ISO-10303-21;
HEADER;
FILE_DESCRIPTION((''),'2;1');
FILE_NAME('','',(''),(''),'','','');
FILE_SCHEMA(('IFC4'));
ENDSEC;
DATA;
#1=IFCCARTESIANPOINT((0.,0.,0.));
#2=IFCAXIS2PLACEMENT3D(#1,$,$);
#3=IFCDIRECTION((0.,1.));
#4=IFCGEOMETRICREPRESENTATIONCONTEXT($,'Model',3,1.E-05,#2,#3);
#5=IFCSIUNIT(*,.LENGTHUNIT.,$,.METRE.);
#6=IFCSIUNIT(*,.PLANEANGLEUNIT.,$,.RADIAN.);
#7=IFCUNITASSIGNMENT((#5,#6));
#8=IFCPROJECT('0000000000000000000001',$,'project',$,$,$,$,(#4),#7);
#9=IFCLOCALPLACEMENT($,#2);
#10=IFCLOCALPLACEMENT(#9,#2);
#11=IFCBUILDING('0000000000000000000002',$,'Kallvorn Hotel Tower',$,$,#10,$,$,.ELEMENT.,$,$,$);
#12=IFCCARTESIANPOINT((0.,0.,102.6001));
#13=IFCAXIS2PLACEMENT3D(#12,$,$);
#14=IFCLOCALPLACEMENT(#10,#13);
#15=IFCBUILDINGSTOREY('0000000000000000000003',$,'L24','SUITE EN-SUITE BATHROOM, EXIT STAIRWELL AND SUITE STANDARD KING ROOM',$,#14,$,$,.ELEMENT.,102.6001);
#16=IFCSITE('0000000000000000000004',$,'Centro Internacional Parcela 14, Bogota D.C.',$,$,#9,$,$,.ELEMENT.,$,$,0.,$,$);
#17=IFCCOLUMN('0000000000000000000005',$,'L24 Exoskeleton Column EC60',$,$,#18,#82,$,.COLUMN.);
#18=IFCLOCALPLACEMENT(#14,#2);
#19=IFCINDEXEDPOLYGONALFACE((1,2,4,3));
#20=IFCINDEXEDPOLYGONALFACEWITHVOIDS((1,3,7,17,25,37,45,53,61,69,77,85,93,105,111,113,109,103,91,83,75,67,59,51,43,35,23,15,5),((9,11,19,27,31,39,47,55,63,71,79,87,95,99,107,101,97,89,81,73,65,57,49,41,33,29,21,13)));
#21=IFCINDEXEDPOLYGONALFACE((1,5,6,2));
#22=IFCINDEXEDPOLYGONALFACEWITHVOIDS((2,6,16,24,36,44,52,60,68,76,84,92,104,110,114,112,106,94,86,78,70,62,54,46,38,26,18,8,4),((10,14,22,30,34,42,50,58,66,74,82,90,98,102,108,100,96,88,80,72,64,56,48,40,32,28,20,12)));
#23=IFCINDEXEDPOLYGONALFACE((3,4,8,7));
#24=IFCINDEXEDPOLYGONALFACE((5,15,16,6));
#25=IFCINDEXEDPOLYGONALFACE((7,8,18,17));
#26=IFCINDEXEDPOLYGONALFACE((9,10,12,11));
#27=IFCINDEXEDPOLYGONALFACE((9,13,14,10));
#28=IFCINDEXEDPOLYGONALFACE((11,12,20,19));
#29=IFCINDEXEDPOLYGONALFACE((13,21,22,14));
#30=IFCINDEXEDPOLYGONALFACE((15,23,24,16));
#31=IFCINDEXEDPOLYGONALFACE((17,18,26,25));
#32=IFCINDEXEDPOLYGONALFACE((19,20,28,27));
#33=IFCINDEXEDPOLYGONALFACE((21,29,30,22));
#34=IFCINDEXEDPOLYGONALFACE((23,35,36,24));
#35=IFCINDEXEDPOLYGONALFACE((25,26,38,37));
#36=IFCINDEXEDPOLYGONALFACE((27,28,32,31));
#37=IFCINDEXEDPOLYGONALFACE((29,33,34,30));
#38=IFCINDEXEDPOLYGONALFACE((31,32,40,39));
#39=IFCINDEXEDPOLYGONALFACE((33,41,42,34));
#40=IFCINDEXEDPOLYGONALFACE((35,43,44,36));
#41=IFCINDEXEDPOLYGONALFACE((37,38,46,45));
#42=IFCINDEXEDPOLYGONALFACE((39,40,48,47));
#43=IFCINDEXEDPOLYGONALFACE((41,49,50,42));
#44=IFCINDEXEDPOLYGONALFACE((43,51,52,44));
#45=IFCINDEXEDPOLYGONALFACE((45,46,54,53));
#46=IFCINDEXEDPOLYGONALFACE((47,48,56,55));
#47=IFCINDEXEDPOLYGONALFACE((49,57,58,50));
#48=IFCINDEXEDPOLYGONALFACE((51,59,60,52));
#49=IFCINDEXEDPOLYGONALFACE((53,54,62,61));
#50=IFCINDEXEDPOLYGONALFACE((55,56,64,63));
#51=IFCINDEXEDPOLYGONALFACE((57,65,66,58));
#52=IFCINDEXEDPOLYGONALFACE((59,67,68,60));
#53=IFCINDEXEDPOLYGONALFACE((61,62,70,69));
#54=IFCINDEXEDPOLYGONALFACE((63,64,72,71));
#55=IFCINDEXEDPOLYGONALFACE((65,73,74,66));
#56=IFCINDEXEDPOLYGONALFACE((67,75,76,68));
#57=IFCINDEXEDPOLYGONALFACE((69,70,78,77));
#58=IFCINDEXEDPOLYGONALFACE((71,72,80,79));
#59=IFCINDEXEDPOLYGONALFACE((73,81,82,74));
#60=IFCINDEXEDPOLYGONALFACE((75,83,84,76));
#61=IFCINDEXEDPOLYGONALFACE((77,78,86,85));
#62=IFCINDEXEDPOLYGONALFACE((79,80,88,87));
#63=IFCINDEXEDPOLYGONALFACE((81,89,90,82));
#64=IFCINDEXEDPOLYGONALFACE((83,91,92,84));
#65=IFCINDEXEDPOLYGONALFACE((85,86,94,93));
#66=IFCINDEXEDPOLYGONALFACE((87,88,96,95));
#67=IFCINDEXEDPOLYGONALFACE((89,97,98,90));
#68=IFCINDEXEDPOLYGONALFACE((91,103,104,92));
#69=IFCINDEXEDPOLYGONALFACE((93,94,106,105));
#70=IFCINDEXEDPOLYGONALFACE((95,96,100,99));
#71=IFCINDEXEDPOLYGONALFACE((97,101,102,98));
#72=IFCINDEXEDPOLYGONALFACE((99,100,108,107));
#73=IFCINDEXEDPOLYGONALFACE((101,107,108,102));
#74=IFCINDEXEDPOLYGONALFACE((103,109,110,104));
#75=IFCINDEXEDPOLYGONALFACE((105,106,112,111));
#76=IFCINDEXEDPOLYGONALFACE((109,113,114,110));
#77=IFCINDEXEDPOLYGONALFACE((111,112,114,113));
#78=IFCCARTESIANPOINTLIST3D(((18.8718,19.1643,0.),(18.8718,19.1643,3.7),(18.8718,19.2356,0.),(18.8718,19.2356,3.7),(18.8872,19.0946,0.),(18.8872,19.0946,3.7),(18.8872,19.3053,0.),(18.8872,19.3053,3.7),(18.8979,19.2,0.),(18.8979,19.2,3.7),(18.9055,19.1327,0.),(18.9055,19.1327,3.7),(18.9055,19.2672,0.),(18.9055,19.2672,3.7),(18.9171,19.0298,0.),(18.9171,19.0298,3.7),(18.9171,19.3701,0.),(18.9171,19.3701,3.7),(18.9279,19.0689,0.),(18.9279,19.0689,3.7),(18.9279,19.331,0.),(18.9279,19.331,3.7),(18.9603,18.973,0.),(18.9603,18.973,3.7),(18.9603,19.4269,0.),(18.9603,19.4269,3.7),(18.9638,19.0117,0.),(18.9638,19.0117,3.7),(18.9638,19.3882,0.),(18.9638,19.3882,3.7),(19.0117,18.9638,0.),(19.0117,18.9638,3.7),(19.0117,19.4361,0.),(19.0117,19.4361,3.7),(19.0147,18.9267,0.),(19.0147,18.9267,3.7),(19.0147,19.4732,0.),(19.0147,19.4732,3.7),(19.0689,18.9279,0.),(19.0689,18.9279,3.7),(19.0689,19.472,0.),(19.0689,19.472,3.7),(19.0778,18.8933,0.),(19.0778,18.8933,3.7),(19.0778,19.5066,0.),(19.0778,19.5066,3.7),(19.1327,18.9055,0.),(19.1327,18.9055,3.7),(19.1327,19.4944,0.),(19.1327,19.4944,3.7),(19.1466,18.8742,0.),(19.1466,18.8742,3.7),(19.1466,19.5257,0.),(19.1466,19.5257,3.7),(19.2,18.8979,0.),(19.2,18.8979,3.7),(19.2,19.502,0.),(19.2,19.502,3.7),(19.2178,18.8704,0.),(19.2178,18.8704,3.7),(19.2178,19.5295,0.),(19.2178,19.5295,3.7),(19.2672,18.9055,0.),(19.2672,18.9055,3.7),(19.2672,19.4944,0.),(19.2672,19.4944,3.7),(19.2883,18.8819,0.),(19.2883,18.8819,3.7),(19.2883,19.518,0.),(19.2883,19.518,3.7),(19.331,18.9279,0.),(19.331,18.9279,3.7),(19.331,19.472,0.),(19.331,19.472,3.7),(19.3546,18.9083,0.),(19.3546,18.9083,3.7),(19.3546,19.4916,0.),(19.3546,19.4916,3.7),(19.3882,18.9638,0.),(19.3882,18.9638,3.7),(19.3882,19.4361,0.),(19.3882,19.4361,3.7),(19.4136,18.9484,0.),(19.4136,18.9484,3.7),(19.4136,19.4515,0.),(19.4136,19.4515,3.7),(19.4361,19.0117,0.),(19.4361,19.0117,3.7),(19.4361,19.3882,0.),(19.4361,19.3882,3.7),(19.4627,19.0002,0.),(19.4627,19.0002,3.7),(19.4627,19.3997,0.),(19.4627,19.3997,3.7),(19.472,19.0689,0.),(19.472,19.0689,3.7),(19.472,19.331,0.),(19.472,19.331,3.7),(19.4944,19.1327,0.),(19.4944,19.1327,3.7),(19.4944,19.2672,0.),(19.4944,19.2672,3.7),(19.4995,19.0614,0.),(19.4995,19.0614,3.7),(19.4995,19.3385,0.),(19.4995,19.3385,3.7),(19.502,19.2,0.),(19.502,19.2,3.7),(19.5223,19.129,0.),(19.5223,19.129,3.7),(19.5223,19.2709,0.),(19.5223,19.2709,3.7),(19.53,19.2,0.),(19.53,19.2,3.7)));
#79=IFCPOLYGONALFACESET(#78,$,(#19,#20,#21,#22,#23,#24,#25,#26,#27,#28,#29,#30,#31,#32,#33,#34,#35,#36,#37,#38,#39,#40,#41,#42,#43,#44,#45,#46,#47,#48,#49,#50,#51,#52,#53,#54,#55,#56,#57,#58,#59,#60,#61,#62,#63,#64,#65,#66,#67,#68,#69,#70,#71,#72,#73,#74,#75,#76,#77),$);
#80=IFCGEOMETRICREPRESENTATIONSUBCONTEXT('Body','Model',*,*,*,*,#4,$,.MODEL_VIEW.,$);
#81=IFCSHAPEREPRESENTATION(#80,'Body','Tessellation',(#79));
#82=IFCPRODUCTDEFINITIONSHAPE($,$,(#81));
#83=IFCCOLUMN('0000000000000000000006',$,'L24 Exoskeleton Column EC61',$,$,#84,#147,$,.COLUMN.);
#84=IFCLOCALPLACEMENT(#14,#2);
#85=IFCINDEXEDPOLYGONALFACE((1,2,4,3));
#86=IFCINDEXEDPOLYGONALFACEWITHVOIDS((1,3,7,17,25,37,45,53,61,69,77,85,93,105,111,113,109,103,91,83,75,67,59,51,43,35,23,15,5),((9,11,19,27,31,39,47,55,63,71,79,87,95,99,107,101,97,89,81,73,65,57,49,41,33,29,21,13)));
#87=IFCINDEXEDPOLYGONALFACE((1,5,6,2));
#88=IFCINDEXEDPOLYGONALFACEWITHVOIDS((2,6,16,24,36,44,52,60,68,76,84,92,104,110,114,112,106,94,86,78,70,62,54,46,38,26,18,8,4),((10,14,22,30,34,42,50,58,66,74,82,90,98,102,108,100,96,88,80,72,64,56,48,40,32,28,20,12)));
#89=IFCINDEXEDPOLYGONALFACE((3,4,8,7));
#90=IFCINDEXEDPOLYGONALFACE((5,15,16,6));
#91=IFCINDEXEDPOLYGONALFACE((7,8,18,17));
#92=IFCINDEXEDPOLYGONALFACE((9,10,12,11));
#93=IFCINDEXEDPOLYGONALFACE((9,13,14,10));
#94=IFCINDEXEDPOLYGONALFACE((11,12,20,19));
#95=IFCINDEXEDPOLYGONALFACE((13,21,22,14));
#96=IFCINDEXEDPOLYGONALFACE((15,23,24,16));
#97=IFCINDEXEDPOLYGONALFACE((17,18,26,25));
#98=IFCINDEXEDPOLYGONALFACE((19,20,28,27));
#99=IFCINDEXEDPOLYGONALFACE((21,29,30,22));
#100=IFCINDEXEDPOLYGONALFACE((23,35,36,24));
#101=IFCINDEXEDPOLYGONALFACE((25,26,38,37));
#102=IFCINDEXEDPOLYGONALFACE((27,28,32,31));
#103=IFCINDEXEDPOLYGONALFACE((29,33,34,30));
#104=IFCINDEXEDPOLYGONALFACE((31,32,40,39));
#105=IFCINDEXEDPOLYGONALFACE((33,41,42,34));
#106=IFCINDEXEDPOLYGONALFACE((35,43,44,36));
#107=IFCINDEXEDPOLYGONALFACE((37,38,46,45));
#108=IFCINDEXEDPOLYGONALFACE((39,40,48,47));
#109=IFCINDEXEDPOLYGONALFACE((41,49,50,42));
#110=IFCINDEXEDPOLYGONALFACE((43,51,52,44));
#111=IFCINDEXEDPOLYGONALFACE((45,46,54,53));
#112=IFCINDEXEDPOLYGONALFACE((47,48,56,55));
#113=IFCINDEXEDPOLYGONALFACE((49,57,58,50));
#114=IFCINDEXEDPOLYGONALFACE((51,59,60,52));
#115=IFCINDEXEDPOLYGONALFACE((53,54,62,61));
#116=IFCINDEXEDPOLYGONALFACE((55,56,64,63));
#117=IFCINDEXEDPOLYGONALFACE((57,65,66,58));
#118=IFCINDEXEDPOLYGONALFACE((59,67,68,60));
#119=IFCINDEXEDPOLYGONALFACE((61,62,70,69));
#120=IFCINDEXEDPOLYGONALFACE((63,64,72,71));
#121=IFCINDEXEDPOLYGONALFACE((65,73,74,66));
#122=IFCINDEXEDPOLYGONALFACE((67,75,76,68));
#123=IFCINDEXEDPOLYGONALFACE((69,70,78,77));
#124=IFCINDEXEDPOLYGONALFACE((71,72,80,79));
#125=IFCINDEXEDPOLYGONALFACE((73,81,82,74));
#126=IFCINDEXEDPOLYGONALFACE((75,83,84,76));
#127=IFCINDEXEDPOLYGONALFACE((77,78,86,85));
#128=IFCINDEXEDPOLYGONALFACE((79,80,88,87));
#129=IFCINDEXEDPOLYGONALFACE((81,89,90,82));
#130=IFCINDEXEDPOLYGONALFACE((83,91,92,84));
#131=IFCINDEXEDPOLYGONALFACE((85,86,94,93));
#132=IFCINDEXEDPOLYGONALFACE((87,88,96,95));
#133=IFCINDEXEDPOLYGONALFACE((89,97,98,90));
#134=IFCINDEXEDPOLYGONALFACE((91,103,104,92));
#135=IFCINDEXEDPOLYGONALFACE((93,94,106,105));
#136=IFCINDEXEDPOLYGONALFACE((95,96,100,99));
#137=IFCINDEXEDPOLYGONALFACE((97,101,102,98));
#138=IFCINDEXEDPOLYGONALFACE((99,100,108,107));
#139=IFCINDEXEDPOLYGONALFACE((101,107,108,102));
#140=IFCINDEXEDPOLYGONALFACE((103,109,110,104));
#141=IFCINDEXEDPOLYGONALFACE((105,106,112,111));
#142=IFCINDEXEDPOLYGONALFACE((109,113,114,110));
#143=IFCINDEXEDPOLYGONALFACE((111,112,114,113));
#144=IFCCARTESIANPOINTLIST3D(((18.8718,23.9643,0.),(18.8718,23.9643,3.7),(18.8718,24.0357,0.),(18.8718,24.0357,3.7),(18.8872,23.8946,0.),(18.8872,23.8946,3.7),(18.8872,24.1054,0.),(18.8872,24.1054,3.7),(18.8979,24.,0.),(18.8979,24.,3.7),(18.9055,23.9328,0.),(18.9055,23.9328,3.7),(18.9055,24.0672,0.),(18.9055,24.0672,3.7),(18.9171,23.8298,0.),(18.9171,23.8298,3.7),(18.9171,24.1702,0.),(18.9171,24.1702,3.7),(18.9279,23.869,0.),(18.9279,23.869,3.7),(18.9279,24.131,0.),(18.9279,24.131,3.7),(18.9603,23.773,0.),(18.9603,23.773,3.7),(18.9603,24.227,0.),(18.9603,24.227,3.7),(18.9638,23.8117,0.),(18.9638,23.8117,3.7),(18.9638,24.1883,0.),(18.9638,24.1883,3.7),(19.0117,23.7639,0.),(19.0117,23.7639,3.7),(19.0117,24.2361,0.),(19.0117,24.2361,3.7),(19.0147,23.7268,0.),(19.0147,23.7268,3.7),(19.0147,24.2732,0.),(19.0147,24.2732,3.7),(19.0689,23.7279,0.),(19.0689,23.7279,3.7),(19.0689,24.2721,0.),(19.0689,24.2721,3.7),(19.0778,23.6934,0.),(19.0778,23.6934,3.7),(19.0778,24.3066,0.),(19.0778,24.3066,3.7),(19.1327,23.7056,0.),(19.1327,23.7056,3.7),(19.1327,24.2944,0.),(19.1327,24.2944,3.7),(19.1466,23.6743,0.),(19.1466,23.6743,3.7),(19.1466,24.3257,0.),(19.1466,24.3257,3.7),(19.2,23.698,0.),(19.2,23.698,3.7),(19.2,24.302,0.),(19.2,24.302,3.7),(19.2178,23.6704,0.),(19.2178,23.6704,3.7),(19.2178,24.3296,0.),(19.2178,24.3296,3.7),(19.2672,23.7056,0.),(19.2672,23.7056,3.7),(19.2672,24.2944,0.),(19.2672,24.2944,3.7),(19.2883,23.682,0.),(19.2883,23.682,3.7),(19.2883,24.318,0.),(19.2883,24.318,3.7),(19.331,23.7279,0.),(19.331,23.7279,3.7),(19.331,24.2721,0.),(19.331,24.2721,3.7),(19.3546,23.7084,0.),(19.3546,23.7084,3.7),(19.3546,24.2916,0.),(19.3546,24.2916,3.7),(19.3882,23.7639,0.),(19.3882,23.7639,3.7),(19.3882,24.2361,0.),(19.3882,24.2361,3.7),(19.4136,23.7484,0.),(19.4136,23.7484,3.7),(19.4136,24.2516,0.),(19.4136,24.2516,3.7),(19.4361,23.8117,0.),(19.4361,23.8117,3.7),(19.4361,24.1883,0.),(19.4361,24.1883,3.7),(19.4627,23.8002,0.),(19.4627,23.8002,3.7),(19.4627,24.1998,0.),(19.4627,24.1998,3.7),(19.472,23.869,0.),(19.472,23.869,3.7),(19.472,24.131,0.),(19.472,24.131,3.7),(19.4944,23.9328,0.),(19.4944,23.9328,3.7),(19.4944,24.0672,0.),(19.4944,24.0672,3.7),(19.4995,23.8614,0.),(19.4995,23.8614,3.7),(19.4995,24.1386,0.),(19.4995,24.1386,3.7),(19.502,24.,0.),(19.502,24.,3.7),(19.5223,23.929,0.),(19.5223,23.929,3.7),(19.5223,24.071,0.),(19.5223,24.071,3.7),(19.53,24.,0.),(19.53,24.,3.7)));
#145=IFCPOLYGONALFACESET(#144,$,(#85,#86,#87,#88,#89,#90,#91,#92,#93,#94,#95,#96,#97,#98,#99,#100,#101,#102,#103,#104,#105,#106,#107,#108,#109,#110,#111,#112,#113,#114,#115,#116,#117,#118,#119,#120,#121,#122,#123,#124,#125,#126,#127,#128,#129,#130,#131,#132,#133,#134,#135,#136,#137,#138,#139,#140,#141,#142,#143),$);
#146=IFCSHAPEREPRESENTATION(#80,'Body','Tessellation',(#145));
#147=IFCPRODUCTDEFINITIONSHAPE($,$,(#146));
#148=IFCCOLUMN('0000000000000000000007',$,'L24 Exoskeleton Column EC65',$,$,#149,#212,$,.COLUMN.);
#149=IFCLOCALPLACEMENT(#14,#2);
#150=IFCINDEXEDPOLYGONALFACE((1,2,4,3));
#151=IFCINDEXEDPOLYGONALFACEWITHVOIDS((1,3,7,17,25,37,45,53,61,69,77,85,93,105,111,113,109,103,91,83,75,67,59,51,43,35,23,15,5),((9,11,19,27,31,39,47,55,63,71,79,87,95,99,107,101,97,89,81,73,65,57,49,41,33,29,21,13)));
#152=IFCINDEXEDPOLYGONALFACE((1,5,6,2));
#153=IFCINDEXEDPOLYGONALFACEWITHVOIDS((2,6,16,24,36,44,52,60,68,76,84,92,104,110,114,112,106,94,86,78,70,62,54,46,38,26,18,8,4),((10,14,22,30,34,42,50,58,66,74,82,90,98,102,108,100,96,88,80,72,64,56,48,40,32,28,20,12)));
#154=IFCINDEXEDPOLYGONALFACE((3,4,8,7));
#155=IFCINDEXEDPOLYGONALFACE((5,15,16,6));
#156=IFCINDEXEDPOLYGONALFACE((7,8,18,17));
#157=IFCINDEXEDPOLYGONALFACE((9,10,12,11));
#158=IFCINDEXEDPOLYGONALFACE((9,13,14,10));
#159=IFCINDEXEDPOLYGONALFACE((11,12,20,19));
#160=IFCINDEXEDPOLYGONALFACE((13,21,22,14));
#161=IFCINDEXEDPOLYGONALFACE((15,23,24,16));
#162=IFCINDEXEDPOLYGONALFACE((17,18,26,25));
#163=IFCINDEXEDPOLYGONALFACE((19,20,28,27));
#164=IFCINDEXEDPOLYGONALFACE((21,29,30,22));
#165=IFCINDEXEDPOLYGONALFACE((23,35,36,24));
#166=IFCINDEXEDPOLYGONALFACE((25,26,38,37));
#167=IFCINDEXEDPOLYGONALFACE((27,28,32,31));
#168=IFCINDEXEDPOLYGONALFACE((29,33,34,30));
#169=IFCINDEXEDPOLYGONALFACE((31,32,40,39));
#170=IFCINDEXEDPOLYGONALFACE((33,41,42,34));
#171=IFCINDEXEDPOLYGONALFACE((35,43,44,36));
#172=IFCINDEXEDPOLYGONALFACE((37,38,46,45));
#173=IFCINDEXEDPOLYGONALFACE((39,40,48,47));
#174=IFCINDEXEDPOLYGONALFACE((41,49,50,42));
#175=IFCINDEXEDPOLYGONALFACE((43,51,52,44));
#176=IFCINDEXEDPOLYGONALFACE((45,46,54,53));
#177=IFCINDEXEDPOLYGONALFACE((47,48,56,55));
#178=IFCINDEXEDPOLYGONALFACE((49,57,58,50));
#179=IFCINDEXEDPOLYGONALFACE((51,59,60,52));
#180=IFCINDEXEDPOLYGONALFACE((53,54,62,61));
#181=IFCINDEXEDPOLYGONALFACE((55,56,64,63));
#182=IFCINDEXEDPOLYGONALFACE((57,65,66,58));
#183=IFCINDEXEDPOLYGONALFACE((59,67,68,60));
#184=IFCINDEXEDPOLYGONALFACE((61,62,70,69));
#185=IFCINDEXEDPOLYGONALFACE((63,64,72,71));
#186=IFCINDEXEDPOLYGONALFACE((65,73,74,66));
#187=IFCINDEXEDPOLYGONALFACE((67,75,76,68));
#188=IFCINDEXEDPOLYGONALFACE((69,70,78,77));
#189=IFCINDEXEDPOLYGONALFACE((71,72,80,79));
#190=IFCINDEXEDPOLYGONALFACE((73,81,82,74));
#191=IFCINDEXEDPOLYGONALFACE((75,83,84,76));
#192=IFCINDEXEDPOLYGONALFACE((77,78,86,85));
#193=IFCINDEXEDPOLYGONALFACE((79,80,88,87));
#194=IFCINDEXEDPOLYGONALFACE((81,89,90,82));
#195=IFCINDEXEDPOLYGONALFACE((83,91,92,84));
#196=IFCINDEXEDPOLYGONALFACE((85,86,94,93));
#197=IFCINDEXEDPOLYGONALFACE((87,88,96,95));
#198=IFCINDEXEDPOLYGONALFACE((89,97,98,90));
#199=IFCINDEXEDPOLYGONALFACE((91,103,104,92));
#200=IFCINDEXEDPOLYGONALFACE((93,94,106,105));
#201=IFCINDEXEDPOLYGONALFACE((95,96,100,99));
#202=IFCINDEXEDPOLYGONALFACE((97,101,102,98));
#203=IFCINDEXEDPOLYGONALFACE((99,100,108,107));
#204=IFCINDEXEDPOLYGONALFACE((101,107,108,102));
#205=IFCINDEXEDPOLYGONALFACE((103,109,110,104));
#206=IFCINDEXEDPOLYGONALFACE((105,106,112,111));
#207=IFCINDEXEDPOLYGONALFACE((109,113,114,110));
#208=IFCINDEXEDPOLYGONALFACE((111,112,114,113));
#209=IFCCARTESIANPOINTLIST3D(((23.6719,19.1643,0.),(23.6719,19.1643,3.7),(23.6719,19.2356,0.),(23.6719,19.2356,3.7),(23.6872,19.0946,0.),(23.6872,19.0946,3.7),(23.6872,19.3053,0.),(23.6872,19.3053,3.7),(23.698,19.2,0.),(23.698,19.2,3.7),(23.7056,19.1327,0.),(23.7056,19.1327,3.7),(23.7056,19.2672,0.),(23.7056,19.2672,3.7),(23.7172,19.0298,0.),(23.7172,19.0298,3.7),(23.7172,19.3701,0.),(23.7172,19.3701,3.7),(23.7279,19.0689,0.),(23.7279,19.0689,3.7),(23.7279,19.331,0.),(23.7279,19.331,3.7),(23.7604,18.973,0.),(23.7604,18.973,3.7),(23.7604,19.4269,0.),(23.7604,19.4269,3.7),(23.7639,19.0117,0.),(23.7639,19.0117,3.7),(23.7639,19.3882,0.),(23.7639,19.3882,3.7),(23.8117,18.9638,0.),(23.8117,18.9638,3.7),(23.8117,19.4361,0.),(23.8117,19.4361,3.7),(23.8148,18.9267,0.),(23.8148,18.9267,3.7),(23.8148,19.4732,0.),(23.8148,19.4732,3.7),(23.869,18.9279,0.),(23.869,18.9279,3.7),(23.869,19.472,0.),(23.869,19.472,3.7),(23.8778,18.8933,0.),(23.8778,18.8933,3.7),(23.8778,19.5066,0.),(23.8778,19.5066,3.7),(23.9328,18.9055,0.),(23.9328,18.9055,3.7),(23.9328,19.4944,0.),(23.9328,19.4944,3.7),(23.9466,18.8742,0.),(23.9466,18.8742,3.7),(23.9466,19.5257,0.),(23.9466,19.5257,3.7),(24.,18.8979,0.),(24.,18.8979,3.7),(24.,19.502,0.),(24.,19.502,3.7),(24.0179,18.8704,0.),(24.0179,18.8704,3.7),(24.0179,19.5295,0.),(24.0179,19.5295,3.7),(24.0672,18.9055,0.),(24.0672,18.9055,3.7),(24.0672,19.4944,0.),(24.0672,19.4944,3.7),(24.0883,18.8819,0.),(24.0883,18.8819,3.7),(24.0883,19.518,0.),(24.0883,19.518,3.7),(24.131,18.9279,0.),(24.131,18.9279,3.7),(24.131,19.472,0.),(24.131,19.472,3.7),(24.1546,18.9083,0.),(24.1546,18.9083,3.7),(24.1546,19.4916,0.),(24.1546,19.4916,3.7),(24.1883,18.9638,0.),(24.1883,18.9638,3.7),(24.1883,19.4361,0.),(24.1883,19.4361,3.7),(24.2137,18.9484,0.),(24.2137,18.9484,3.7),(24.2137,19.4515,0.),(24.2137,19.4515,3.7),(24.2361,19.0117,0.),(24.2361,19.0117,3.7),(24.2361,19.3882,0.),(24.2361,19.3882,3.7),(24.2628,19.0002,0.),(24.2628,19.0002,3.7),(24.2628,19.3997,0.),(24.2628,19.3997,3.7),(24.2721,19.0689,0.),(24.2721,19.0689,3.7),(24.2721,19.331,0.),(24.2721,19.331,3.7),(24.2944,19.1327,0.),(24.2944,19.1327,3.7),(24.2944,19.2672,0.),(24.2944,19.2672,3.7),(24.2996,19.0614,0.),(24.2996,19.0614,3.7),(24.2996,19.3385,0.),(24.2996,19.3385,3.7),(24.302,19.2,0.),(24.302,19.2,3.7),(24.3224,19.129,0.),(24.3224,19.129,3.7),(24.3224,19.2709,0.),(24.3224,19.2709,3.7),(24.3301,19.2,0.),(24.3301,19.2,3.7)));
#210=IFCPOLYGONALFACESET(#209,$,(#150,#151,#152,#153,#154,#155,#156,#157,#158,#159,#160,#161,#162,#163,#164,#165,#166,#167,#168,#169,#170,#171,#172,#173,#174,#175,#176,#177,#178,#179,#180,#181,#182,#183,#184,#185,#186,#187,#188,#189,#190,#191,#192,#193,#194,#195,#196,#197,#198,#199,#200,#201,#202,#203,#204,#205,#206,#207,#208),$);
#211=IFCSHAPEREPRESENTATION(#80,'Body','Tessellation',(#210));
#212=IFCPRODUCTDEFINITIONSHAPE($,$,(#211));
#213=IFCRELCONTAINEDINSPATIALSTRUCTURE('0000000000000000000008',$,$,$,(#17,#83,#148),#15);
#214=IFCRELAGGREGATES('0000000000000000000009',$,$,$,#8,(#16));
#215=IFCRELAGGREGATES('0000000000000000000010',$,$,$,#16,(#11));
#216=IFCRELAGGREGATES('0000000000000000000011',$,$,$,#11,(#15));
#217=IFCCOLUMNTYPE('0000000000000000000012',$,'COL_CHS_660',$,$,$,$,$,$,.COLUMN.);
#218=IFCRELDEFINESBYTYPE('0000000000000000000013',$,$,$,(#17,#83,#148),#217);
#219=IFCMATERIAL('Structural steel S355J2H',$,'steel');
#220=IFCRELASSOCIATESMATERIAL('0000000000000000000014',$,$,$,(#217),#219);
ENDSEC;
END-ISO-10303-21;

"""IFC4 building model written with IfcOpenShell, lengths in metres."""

from ifc_helpers import new_model, si_unit, direction, frame, origin, origin_2d, place, context, subcontext, project, spatial, hollow_circle, extrude, material, material_profile, profile_set, type_object, element, save


model = new_model("IFC4")

# Units and contexts
model_context = context("Model", 3, precision=1e-05, world=origin(), true_north=direction((0.0, 1.0)))
body_context = subcontext(model_context, "Body", "Model", "MODEL_VIEW")
ifc_project = project(units=[si_unit("LENGTHUNIT", "METRE"), si_unit("PLANEANGLEUNIT", "RADIAN")], contexts=[model_context])

# Site, building, storey
site_placement = place(None, origin())
site = spatial("IfcSite", under=ifc_project, at=site_placement, Name="Centro Internacional Parcela 14, Bogota D.C.", CompositionType="ELEMENT", RefElevation=0.0)
building_placement = place(site_placement, origin())
building = spatial("IfcBuilding", under=site, at=building_placement, Name="Kallvorn Hotel Tower", CompositionType="ELEMENT")
storey_placement = place(building_placement, frame((0.0, 0.0, 102.6001)))
storey = spatial("IfcBuildingStorey", under=building, at=storey_placement, Name="L24", Description="SUITE EN-SUITE BATHROOM, EXIT STAIRWELL AND SUITE STANDARD KING ROOM", CompositionType="ELEMENT", Elevation=102.6001)

# Columns
ifc_material_1 = material(Name="Structural steel S355J2H", Category="steel")
ifc_material_profile_1 = material_profile(ifc_material_1, hollow_circle(Radius=0.3301, WallThickness=0.0281, at=origin_2d()), Name="CHS 660x28")
ifc_profile_set_1 = profile_set([ifc_material_profile_1], Name="Structural steel S355J2H")
column_type = type_object("IfcColumnType", Name="COL_CHS_660", PredefinedType="COLUMN", material=ifc_profile_set_1)
for number, where, z_axis, x_axis, name in (
    (1, (19.2, 19.2, 0.0), (0.0, 0.0, 1.0), (1.0, 0.0, 0.0), "L24 Exoskeleton Column EC60"),
    (2, (19.2, 24.0, 0.0), (0.0, 0.0, 1.0), (1.0, 0.0, 0.0), "L24 Exoskeleton Column EC61"),
    (3, (24.0, 19.2, 0.0), (0.0, 0.0, 1.0), (1.0, 0.0, 0.0), "L24 Exoskeleton Column EC65"),
):
    element("IfcColumn", number, at=place(storey_placement, frame(where, z_axis=z_axis, x_axis=x_axis)), inside=storey, type_object=column_type, Name=name, PredefinedType="COLUMN", context=body_context, shape_type="SweptSolid", body=[
        extrude(hollow_circle(Radius=0.3301, WallThickness=0.0281, at=origin_2d()), origin(), (0.0, 0.0, 1.0), 3.7),
    ])

save(model, "model.ifc")
